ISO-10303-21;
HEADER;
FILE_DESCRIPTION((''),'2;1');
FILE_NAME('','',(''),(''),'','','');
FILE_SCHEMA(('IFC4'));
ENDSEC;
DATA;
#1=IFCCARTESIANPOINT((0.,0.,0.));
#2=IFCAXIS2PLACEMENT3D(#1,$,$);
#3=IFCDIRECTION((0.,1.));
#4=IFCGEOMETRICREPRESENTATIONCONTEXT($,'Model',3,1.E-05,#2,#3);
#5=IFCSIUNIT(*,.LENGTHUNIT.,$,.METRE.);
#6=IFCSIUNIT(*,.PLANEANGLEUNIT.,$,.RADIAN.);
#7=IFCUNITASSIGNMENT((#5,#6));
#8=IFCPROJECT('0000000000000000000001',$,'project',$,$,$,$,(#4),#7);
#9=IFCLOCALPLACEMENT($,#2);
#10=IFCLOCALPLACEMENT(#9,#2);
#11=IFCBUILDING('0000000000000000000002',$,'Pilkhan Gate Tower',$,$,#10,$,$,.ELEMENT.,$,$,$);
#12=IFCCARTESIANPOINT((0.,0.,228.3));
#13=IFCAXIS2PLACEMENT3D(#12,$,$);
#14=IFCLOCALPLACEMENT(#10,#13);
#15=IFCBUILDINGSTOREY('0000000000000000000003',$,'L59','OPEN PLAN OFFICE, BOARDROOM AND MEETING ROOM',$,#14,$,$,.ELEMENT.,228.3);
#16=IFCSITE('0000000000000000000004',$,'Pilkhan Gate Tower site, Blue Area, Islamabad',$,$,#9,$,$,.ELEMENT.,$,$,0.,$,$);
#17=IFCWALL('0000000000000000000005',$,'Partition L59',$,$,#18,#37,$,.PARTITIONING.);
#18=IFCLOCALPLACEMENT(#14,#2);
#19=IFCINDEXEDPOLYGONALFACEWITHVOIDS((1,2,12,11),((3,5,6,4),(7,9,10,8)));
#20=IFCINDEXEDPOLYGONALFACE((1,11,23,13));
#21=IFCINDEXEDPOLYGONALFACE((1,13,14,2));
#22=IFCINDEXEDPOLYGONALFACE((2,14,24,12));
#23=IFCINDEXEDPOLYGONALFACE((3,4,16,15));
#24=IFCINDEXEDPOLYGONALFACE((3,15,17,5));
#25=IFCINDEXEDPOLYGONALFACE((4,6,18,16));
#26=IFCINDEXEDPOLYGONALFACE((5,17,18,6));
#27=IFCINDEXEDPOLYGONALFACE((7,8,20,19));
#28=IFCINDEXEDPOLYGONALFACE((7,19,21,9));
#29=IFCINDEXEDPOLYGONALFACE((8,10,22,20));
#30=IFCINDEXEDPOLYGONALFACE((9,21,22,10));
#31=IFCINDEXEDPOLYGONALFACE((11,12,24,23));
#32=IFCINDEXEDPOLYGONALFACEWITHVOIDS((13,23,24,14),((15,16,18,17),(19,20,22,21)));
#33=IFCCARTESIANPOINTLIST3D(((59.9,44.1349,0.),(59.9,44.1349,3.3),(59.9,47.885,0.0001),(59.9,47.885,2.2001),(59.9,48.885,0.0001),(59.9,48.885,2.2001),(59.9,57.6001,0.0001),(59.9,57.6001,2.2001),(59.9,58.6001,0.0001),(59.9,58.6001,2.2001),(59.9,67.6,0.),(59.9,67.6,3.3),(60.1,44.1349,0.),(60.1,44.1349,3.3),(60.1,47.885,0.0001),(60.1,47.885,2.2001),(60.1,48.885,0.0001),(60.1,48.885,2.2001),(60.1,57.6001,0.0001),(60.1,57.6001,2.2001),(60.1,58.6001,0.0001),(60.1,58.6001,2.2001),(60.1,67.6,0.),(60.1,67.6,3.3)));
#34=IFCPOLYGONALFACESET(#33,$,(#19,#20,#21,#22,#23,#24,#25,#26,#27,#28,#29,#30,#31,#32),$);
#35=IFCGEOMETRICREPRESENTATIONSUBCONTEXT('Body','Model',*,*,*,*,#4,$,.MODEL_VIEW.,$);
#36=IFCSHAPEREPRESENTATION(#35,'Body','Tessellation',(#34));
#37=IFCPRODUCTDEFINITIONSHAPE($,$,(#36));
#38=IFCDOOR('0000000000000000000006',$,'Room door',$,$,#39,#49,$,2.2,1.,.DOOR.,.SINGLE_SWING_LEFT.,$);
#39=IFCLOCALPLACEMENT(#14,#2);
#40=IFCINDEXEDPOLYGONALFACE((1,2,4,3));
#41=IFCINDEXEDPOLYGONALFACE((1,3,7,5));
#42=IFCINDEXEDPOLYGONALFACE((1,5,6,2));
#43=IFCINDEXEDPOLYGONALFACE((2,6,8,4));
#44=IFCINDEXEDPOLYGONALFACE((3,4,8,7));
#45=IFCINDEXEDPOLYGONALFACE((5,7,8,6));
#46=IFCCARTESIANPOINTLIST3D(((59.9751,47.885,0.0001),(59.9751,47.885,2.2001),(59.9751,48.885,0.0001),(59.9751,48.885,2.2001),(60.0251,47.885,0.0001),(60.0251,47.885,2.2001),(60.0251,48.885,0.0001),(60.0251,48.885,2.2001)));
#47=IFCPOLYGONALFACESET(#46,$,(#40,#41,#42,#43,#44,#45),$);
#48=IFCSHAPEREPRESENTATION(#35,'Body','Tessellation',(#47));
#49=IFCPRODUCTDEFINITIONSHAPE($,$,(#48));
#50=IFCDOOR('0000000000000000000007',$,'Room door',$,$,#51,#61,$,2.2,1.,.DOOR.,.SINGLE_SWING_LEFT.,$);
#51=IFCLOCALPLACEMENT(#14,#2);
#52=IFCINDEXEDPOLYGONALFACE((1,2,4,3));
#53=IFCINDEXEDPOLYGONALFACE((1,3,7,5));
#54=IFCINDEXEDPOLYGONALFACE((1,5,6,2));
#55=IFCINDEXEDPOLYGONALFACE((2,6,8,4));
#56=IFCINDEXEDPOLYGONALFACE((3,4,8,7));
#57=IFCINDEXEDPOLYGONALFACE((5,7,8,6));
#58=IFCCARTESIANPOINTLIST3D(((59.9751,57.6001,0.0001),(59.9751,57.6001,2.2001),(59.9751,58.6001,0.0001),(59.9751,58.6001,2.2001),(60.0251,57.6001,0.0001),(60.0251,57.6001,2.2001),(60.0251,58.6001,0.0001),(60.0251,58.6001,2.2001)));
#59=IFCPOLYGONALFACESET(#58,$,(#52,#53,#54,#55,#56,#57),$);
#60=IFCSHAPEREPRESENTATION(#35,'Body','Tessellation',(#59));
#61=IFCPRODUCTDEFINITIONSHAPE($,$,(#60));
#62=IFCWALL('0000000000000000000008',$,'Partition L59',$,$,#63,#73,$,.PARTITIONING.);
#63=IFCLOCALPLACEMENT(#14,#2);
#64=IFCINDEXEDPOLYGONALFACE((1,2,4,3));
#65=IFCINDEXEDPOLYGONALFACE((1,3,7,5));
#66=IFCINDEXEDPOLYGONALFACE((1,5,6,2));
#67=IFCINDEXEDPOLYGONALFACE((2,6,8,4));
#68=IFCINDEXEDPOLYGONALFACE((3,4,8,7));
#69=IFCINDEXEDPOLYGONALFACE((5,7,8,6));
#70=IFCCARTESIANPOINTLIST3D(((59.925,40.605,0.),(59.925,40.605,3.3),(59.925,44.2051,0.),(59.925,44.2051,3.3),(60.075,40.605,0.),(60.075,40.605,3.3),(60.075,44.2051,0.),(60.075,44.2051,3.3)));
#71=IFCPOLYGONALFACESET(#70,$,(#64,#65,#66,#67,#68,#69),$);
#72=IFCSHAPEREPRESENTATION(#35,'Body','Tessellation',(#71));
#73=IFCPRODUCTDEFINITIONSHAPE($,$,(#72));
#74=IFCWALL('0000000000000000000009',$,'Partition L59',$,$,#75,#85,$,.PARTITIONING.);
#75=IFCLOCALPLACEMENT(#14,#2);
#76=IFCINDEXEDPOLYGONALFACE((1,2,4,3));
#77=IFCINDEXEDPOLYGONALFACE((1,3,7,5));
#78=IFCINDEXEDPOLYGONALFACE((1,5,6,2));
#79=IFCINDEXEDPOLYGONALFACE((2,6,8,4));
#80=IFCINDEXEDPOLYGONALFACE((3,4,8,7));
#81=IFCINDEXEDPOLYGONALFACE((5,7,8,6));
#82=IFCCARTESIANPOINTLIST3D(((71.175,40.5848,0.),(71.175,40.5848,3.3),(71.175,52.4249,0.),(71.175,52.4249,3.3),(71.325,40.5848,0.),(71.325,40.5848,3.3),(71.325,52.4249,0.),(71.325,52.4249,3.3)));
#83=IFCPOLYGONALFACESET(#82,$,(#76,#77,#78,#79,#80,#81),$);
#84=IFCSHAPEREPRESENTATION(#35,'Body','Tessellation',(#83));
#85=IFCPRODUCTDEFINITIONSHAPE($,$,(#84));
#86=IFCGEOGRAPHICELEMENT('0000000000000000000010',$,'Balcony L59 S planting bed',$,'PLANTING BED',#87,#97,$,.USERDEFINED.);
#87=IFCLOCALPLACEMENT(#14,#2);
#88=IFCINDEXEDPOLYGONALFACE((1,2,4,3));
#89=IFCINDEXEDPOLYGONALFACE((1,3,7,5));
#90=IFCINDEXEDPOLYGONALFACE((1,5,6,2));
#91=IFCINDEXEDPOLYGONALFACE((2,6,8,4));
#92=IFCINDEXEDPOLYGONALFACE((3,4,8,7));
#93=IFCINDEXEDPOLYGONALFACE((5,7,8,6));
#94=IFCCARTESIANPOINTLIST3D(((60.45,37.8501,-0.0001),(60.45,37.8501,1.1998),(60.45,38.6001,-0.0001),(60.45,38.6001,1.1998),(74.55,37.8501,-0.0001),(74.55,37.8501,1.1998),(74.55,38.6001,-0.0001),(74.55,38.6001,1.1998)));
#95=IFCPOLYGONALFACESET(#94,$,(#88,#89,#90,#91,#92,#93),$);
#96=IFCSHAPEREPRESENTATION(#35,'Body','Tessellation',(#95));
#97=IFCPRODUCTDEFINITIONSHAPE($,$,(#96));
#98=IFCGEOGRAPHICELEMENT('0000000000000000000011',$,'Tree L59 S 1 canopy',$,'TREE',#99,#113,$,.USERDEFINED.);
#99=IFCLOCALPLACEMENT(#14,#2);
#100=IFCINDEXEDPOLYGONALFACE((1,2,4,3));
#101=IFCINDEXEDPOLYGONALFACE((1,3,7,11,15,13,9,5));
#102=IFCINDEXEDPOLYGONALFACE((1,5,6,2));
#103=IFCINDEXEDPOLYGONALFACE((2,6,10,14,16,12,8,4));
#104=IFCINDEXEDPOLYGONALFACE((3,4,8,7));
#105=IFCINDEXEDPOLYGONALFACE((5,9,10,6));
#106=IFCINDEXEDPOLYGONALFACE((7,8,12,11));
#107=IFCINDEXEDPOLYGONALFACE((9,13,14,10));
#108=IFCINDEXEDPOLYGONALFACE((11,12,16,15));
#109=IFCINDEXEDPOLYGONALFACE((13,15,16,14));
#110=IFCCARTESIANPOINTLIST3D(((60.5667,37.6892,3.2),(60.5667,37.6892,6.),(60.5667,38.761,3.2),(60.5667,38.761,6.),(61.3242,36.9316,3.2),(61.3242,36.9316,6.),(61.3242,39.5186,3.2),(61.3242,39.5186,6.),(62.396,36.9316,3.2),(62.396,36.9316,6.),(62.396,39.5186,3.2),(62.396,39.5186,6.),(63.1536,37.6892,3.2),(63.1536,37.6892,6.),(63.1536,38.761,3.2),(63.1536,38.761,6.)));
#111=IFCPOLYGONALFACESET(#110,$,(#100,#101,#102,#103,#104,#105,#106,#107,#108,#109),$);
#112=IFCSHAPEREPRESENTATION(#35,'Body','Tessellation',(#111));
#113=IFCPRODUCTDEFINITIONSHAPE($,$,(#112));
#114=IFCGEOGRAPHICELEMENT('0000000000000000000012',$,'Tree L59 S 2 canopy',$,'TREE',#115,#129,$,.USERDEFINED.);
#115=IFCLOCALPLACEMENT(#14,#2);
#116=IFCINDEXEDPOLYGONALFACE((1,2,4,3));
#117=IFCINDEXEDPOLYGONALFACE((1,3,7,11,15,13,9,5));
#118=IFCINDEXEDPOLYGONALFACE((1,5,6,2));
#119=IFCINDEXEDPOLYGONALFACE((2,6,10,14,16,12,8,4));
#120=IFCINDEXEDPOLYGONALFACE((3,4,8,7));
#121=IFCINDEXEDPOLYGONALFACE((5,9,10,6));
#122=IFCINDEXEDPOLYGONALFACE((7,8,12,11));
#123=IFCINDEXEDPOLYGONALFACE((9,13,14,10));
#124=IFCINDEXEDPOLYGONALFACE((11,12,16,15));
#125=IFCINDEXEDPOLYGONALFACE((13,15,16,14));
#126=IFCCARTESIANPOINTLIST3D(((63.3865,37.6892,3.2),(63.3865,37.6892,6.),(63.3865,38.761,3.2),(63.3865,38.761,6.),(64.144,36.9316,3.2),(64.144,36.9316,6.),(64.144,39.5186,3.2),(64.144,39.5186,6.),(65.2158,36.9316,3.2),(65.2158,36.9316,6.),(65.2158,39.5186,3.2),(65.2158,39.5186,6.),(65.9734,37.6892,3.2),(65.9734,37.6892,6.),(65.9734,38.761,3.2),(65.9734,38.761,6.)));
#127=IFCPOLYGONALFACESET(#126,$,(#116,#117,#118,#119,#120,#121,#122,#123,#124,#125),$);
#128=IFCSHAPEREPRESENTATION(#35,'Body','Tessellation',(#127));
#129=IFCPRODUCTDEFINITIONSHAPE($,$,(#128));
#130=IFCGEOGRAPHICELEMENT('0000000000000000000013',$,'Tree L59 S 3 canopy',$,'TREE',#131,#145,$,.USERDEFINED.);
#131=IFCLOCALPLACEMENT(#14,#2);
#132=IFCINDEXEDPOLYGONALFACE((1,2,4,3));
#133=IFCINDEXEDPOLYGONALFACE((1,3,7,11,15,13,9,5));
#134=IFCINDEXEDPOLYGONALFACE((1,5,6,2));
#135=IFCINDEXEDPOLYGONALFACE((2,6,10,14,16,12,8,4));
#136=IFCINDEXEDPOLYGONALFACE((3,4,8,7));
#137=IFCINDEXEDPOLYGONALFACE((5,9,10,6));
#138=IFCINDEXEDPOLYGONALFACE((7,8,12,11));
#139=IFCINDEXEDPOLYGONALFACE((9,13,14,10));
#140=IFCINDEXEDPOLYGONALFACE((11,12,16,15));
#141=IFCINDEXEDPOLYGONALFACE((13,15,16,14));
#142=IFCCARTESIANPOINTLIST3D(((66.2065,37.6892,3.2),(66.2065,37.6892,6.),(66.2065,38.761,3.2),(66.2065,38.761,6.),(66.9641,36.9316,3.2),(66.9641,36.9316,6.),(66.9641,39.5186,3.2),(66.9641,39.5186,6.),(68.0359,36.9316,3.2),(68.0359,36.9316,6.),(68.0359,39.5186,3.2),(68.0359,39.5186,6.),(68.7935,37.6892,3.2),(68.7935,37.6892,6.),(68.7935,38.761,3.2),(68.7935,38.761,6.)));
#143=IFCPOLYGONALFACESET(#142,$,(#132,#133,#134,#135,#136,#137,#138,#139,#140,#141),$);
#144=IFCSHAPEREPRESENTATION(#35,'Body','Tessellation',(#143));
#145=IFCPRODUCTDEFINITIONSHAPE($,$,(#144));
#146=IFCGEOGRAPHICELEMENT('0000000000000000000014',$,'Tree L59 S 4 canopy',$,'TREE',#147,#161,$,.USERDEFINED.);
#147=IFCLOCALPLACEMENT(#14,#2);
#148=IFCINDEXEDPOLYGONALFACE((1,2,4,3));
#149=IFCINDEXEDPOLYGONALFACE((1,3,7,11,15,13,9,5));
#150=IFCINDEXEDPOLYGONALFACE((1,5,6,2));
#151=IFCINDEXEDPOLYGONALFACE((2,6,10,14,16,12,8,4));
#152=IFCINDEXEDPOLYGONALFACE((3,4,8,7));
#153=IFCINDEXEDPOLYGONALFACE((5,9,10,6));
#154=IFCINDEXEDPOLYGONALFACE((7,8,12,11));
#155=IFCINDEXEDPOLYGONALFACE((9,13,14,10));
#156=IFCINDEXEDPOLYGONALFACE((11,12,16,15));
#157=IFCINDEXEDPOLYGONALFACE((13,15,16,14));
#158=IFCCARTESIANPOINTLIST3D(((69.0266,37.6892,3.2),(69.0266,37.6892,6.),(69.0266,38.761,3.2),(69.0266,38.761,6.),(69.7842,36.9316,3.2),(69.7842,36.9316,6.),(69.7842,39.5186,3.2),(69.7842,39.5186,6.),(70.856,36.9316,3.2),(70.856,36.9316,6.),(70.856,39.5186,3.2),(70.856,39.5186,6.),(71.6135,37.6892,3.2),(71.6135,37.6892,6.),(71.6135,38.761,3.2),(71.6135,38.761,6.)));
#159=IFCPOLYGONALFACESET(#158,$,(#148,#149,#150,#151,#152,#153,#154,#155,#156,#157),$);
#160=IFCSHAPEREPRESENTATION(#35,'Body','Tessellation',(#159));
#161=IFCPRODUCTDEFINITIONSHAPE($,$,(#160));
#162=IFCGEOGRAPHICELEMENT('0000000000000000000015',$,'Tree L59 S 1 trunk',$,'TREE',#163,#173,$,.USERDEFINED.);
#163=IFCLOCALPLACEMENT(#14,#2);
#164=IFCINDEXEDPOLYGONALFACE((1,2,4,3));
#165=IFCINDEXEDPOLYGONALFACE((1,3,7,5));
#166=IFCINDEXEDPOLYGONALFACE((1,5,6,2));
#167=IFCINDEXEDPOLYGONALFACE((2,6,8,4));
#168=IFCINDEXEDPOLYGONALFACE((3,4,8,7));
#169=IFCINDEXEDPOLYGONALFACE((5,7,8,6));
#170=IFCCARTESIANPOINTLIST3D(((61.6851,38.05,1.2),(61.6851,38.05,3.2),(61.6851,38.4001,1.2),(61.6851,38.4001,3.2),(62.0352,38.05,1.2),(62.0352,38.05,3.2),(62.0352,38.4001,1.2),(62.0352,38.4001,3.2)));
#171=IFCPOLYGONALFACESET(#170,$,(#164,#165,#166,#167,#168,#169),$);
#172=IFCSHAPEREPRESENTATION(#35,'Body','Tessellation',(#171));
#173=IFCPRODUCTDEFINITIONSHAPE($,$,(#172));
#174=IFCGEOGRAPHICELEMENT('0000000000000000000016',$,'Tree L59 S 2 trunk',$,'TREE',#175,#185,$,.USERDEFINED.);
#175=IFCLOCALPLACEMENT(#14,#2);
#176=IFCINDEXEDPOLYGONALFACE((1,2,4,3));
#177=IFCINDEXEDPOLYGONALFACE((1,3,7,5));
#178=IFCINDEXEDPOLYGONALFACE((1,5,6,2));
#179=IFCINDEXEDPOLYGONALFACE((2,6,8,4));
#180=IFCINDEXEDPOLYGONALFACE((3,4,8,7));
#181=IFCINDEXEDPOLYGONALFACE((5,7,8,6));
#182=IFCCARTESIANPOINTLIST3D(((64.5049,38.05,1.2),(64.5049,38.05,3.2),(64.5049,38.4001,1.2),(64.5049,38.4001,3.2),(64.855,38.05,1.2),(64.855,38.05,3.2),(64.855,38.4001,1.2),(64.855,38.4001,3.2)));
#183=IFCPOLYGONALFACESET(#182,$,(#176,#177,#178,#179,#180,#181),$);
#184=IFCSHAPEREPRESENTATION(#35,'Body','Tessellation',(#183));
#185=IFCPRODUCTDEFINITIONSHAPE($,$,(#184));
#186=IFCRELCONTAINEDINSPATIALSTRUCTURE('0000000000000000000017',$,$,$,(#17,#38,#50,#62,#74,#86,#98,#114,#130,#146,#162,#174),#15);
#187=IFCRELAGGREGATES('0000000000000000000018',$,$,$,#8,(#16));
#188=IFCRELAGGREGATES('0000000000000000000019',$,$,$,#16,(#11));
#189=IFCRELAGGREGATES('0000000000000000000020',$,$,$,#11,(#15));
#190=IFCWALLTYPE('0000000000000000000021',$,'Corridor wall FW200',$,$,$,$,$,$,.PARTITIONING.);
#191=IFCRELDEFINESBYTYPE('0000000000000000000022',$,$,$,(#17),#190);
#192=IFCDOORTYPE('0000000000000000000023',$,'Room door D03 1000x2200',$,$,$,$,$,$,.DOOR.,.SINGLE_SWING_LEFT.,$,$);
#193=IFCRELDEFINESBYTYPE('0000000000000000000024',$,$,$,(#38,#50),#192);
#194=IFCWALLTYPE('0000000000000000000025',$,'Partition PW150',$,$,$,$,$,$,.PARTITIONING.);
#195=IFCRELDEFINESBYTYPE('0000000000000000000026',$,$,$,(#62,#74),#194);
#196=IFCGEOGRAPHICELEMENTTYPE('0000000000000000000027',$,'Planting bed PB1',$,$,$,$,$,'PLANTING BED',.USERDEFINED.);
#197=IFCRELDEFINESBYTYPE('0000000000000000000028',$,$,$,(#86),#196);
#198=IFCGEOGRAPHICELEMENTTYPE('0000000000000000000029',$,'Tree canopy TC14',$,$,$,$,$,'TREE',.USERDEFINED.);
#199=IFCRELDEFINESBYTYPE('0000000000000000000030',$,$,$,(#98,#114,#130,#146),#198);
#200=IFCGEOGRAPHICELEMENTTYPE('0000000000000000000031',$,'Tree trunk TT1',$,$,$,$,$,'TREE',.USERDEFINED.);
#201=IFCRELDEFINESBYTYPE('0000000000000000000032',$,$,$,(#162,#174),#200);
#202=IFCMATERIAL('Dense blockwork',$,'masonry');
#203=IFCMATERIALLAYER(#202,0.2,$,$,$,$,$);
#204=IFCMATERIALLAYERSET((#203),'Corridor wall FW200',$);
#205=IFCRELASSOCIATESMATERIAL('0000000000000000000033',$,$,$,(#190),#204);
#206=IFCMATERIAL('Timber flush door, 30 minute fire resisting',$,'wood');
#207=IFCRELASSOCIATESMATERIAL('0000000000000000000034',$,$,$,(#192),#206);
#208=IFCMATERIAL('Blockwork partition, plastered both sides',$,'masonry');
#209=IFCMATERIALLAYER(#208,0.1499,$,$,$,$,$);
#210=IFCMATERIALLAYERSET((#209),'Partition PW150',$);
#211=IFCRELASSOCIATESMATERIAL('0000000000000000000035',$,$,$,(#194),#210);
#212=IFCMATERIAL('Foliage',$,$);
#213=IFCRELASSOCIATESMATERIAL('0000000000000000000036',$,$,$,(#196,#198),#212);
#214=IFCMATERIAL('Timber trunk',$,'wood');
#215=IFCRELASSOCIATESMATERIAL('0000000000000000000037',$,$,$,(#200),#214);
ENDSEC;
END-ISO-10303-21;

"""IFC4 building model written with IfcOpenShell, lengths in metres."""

from ifc_helpers import new_model, si_unit, direction, frame, frame_2d, origin, origin_2d, place, context, subcontext, project, spatial, polyline, rectangle, outline, extrude, material, layer, layer_set, material_profile, profile_set, type_object, element, fill, save


model = new_model("IFC4")

# Units and contexts
model_context = context("Model", 3, precision=1e-05, world=origin(), true_north=direction((0.0, 1.0)))
body_context = subcontext(model_context, "Body", "Model", "MODEL_VIEW")
ifc_project = project(units=[si_unit("LENGTHUNIT", "METRE"), si_unit("PLANEANGLEUNIT", "RADIAN")], contexts=[model_context])

# Site, building, storey
site_placement = place(None, origin())
site = spatial("IfcSite", under=ifc_project, at=site_placement, Name="Pilkhan Gate Tower site, Blue Area, Islamabad", CompositionType="ELEMENT", RefElevation=0.0)
building_placement = place(site_placement, origin())
building = spatial("IfcBuilding", under=site, at=building_placement, Name="Pilkhan Gate Tower", CompositionType="ELEMENT")
storey_placement = place(building_placement, frame((0.0, 0.0, 228.3)))
storey = spatial("IfcBuildingStorey", under=building, at=storey_placement, Name="L59", Description="OPEN PLAN OFFICE, BOARDROOM AND MEETING ROOM", CompositionType="ELEMENT", Elevation=228.3)

# Shared definitions
ifc_material_1 = material(Name="Dense blockwork", Category="masonry")
ifc_layer_1 = layer(ifc_material_1, 0.2)
ifc_layer_set_1 = layer_set([ifc_layer_1], Name="Corridor wall FW200")
wall_type_1 = type_object("IfcWallType", Name="Corridor wall FW200", PredefinedType="PARTITIONING", material=ifc_layer_set_1)

# Wall, openings, doors
wall_1_placement = place(storey_placement, frame((60.0, 44.135, 0.0), z_axis=(0.0, 0.0, 1.0), x_axis=(0.0, 1.0, 0.0)))
wall_1 = element("IfcWall", 1, at=wall_1_placement, inside=storey, type_object=wall_type_1, Name="Partition L59", PredefinedType="PARTITIONING", context=body_context, shape_type="SweptSolid", body=[
    extrude(rectangle(XDim=23.4651, YDim=0.2, at=frame_2d((11.7324, 0.0))), origin(), (0.0, 0.0, 1.0), 3.3),
])
opening_1_placement = place(wall_1_placement, frame((3.75, 0.0, 0.0)))
opening_1 = element("IfcOpeningElement", 2, at=opening_1_placement, cuts=wall_1, PredefinedType="OPENING", context=body_context, shape_type="SweptSolid", body=[
    extrude(rectangle(XDim=1.0, YDim=2.2, at=frame_2d((0.5, 1.1001))), frame((0.0, 0.1099, 0.0), z_axis=(0.0, -1.0, 0.0), x_axis=(1.0, 0.0, 0.0)), (0.0, 0.0, 1.0), 0.22),
])
opening_2_placement = place(wall_1_placement, frame((13.4651, 0.0, 0.0)))
opening_2 = element("IfcOpeningElement", 3, at=opening_2_placement, cuts=wall_1, PredefinedType="OPENING", context=body_context, shape_type="SweptSolid", body=[
    extrude(rectangle(XDim=1.0, YDim=2.2, at=frame_2d((0.5, 1.1001))), frame((0.0, 0.1099, 0.0), z_axis=(0.0, -1.0, 0.0), x_axis=(1.0, 0.0, 0.0)), (0.0, 0.0, 1.0), 0.22),
])
ifc_material_2 = material(Name="Timber flush door, 30 minute fire resisting", Category="wood")
door_type_1 = type_object("IfcDoorType", Name="Room door D03 1000x2200", OperationType="SINGLE_SWING_LEFT", PredefinedType="DOOR", material=ifc_material_2)
door_1_placement = place(opening_1_placement, origin())
door_1 = element("IfcDoor", 4, at=door_1_placement, inside=storey, type_object=door_type_1, Name="Room door", OperationType="SINGLE_SWING_LEFT", OverallHeight=2.2, OverallWidth=1.0, PredefinedType="DOOR", context=body_context, shape_type="SweptSolid", body=[
    extrude(rectangle(XDim=1.0, YDim=2.2, at=frame_2d((0.5, 1.1001))), frame((0.0, 0.0249, 0.0), z_axis=(0.0, -1.0, 0.0), x_axis=(1.0, 0.0, 0.0)), (0.0, 0.0, 1.0), 0.05),
])
fill(opening_1, door_1)
door_2_placement = place(opening_2_placement, origin())
door_2 = element("IfcDoor", 5, at=door_2_placement, inside=storey, type_object=door_type_1, Name="Room door", OperationType="SINGLE_SWING_LEFT", OverallHeight=2.2, OverallWidth=1.0, PredefinedType="DOOR", context=body_context, shape_type="SweptSolid", body=[
    extrude(rectangle(XDim=1.0, YDim=2.2, at=frame_2d((0.5, 1.1001))), frame((0.0, 0.0249, 0.0), z_axis=(0.0, -1.0, 0.0), x_axis=(1.0, 0.0, 0.0)), (0.0, 0.0, 1.0), 0.05),
])
fill(opening_2, door_2)

# Walls
ifc_material_3 = material(Name="Blockwork partition, plastered both sides", Category="masonry")
ifc_layer_2 = layer(ifc_material_3, 0.1499)
ifc_layer_set_2 = layer_set([ifc_layer_2], Name="Partition PW150")
wall_type_2 = type_object("IfcWallType", Name="Partition PW150", PredefinedType="PARTITIONING", material=ifc_layer_set_2)
wall_2_placement = place(storey_placement, frame((60.0, 40.605, 0.0), z_axis=(0.0, 0.0, 1.0), x_axis=(0.0, 1.0, 0.0)))
element("IfcWall", 6, at=wall_2_placement, inside=storey, type_object=wall_type_2, Name="Partition L59", PredefinedType="PARTITIONING", context=body_context, shape_type="SweptSolid", body=[
    extrude(rectangle(XDim=3.6001, YDim=0.1499, at=frame_2d((1.8, 0.0))), origin(), (0.0, 0.0, 1.0), 3.3),
])
wall_3_placement = place(storey_placement, frame((71.25, 40.585, 0.0), z_axis=(0.0, 0.0, 1.0), x_axis=(0.0, 1.0, 0.0)))
element("IfcWall", 7, at=wall_3_placement, inside=storey, type_object=wall_type_2, Name="Partition L59", PredefinedType="PARTITIONING", context=body_context, shape_type="SweptSolid", body=[
    extrude(rectangle(XDim=11.8401, YDim=0.1499, at=frame_2d((5.9199, 0.0))), origin(), (0.0, 0.0, 1.0), 3.3),
])

# Geographic elements
ifc_material_4 = material(Name="Foliage")
ifc_material_profile_1 = material_profile(ifc_material_4, rectangle(XDim=0.75, YDim=1.2, at=origin_2d()), Name="Bed 750x1200")
ifc_profile_set_1 = profile_set([ifc_material_profile_1], Name="Foliage")
geographic_element_type_1 = type_object("IfcGeographicElementType", Name="Planting bed PB1", ElementType="PLANTING BED", PredefinedType="USERDEFINED", material=ifc_profile_set_1)
geographic_element_placement = place(storey_placement, frame((60.45, 38.2251, 0.5999), z_axis=(1.0, 0.0, 0.0), x_axis=(0.0, 1.0, 0.0)))
element("IfcGeographicElement", 8, at=geographic_element_placement, inside=storey, type_object=geographic_element_type_1, Name="Balcony L59 S planting bed", ObjectType="PLANTING BED", PredefinedType="USERDEFINED", context=body_context, shape_type="SweptSolid", body=[
    extrude(rectangle(XDim=0.75, YDim=1.2, at=origin_2d()), origin(), (0.0, 0.0, 1.0), 14.1001),
])
ifc_material_profile_2 = material_profile(ifc_material_4, outline(polyline([(1.2935, 0.5359), (0.5359, 1.2935), (-0.5359, 1.2935), (-1.2935, 0.5359), (-1.2935, -0.5359), (-0.5359, -1.2935), (0.5359, -1.2935), (1.2935, -0.5359), (1.2935, 0.5359)])), Name="Canopy D2.8")
ifc_profile_set_2 = profile_set([ifc_material_profile_2], Name="Foliage")
geographic_element_type_2 = type_object("IfcGeographicElementType", Name="Tree canopy TC14", ElementType="TREE", PredefinedType="USERDEFINED", material=ifc_profile_set_2)
for number, where, z_axis, x_axis, name in (
    (9, (61.8601, 38.2251, 3.2), (0.0, 0.0, 1.0), (1.0, 0.0, 0.0), "Tree L59 S 1 canopy"),
    (10, (64.6799, 38.2251, 3.2), (0.0, 0.0, 1.0), (1.0, 0.0, 0.0), "Tree L59 S 2 canopy"),
    (11, (67.5, 38.2251, 3.2), (0.0, 0.0, 1.0), (1.0, 0.0, 0.0), "Tree L59 S 3 canopy"),
    (12, (70.3201, 38.2251, 3.2), (0.0, 0.0, 1.0), (1.0, 0.0, 0.0), "Tree L59 S 4 canopy"),
):
    element("IfcGeographicElement", number, at=place(storey_placement, frame(where, z_axis=z_axis, x_axis=x_axis)), inside=storey, type_object=geographic_element_type_2, Name=name, ObjectType="TREE", PredefinedType="USERDEFINED", context=body_context, shape_type="SweptSolid", body=[
        extrude(outline(polyline([(1.2935, 0.5359), (0.5359, 1.2935), (-0.5359, 1.2935), (-1.2935, 0.5359), (-1.2935, -0.5359), (-0.5359, -1.2935), (0.5359, -1.2935), (1.2935, -0.5359), (1.2935, 0.5359)])), origin(), (0.0, 0.0, 1.0), 2.8),
    ])
ifc_material_5 = material(Name="Timber trunk", Category="wood")
geographic_element_type_3 = type_object("IfcGeographicElementType", Name="Tree trunk TT1", ElementType="TREE", PredefinedType="USERDEFINED", material=ifc_material_5)
for number, where, z_axis, x_axis, name in (
    (13, (61.8601, 38.2251, 1.2), (0.0, 0.0, 1.0), (1.0, 0.0, 0.0), "Tree L59 S 1 trunk"),
    (14, (64.6799, 38.2251, 1.2), (0.0, 0.0, 1.0), (1.0, 0.0, 0.0), "Tree L59 S 2 trunk"),
):
    element("IfcGeographicElement", number, at=place(storey_placement, frame(where, z_axis=z_axis, x_axis=x_axis)), inside=storey, type_object=geographic_element_type_3, Name=name, ObjectType="TREE", PredefinedType="USERDEFINED", context=body_context, shape_type="SweptSolid", body=[
        extrude(rectangle(XDim=0.3501, YDim=0.3501, at=origin_2d()), origin(), (0.0, 0.0, 1.0), 2.0),
    ])

save(model, "model.ifc")
